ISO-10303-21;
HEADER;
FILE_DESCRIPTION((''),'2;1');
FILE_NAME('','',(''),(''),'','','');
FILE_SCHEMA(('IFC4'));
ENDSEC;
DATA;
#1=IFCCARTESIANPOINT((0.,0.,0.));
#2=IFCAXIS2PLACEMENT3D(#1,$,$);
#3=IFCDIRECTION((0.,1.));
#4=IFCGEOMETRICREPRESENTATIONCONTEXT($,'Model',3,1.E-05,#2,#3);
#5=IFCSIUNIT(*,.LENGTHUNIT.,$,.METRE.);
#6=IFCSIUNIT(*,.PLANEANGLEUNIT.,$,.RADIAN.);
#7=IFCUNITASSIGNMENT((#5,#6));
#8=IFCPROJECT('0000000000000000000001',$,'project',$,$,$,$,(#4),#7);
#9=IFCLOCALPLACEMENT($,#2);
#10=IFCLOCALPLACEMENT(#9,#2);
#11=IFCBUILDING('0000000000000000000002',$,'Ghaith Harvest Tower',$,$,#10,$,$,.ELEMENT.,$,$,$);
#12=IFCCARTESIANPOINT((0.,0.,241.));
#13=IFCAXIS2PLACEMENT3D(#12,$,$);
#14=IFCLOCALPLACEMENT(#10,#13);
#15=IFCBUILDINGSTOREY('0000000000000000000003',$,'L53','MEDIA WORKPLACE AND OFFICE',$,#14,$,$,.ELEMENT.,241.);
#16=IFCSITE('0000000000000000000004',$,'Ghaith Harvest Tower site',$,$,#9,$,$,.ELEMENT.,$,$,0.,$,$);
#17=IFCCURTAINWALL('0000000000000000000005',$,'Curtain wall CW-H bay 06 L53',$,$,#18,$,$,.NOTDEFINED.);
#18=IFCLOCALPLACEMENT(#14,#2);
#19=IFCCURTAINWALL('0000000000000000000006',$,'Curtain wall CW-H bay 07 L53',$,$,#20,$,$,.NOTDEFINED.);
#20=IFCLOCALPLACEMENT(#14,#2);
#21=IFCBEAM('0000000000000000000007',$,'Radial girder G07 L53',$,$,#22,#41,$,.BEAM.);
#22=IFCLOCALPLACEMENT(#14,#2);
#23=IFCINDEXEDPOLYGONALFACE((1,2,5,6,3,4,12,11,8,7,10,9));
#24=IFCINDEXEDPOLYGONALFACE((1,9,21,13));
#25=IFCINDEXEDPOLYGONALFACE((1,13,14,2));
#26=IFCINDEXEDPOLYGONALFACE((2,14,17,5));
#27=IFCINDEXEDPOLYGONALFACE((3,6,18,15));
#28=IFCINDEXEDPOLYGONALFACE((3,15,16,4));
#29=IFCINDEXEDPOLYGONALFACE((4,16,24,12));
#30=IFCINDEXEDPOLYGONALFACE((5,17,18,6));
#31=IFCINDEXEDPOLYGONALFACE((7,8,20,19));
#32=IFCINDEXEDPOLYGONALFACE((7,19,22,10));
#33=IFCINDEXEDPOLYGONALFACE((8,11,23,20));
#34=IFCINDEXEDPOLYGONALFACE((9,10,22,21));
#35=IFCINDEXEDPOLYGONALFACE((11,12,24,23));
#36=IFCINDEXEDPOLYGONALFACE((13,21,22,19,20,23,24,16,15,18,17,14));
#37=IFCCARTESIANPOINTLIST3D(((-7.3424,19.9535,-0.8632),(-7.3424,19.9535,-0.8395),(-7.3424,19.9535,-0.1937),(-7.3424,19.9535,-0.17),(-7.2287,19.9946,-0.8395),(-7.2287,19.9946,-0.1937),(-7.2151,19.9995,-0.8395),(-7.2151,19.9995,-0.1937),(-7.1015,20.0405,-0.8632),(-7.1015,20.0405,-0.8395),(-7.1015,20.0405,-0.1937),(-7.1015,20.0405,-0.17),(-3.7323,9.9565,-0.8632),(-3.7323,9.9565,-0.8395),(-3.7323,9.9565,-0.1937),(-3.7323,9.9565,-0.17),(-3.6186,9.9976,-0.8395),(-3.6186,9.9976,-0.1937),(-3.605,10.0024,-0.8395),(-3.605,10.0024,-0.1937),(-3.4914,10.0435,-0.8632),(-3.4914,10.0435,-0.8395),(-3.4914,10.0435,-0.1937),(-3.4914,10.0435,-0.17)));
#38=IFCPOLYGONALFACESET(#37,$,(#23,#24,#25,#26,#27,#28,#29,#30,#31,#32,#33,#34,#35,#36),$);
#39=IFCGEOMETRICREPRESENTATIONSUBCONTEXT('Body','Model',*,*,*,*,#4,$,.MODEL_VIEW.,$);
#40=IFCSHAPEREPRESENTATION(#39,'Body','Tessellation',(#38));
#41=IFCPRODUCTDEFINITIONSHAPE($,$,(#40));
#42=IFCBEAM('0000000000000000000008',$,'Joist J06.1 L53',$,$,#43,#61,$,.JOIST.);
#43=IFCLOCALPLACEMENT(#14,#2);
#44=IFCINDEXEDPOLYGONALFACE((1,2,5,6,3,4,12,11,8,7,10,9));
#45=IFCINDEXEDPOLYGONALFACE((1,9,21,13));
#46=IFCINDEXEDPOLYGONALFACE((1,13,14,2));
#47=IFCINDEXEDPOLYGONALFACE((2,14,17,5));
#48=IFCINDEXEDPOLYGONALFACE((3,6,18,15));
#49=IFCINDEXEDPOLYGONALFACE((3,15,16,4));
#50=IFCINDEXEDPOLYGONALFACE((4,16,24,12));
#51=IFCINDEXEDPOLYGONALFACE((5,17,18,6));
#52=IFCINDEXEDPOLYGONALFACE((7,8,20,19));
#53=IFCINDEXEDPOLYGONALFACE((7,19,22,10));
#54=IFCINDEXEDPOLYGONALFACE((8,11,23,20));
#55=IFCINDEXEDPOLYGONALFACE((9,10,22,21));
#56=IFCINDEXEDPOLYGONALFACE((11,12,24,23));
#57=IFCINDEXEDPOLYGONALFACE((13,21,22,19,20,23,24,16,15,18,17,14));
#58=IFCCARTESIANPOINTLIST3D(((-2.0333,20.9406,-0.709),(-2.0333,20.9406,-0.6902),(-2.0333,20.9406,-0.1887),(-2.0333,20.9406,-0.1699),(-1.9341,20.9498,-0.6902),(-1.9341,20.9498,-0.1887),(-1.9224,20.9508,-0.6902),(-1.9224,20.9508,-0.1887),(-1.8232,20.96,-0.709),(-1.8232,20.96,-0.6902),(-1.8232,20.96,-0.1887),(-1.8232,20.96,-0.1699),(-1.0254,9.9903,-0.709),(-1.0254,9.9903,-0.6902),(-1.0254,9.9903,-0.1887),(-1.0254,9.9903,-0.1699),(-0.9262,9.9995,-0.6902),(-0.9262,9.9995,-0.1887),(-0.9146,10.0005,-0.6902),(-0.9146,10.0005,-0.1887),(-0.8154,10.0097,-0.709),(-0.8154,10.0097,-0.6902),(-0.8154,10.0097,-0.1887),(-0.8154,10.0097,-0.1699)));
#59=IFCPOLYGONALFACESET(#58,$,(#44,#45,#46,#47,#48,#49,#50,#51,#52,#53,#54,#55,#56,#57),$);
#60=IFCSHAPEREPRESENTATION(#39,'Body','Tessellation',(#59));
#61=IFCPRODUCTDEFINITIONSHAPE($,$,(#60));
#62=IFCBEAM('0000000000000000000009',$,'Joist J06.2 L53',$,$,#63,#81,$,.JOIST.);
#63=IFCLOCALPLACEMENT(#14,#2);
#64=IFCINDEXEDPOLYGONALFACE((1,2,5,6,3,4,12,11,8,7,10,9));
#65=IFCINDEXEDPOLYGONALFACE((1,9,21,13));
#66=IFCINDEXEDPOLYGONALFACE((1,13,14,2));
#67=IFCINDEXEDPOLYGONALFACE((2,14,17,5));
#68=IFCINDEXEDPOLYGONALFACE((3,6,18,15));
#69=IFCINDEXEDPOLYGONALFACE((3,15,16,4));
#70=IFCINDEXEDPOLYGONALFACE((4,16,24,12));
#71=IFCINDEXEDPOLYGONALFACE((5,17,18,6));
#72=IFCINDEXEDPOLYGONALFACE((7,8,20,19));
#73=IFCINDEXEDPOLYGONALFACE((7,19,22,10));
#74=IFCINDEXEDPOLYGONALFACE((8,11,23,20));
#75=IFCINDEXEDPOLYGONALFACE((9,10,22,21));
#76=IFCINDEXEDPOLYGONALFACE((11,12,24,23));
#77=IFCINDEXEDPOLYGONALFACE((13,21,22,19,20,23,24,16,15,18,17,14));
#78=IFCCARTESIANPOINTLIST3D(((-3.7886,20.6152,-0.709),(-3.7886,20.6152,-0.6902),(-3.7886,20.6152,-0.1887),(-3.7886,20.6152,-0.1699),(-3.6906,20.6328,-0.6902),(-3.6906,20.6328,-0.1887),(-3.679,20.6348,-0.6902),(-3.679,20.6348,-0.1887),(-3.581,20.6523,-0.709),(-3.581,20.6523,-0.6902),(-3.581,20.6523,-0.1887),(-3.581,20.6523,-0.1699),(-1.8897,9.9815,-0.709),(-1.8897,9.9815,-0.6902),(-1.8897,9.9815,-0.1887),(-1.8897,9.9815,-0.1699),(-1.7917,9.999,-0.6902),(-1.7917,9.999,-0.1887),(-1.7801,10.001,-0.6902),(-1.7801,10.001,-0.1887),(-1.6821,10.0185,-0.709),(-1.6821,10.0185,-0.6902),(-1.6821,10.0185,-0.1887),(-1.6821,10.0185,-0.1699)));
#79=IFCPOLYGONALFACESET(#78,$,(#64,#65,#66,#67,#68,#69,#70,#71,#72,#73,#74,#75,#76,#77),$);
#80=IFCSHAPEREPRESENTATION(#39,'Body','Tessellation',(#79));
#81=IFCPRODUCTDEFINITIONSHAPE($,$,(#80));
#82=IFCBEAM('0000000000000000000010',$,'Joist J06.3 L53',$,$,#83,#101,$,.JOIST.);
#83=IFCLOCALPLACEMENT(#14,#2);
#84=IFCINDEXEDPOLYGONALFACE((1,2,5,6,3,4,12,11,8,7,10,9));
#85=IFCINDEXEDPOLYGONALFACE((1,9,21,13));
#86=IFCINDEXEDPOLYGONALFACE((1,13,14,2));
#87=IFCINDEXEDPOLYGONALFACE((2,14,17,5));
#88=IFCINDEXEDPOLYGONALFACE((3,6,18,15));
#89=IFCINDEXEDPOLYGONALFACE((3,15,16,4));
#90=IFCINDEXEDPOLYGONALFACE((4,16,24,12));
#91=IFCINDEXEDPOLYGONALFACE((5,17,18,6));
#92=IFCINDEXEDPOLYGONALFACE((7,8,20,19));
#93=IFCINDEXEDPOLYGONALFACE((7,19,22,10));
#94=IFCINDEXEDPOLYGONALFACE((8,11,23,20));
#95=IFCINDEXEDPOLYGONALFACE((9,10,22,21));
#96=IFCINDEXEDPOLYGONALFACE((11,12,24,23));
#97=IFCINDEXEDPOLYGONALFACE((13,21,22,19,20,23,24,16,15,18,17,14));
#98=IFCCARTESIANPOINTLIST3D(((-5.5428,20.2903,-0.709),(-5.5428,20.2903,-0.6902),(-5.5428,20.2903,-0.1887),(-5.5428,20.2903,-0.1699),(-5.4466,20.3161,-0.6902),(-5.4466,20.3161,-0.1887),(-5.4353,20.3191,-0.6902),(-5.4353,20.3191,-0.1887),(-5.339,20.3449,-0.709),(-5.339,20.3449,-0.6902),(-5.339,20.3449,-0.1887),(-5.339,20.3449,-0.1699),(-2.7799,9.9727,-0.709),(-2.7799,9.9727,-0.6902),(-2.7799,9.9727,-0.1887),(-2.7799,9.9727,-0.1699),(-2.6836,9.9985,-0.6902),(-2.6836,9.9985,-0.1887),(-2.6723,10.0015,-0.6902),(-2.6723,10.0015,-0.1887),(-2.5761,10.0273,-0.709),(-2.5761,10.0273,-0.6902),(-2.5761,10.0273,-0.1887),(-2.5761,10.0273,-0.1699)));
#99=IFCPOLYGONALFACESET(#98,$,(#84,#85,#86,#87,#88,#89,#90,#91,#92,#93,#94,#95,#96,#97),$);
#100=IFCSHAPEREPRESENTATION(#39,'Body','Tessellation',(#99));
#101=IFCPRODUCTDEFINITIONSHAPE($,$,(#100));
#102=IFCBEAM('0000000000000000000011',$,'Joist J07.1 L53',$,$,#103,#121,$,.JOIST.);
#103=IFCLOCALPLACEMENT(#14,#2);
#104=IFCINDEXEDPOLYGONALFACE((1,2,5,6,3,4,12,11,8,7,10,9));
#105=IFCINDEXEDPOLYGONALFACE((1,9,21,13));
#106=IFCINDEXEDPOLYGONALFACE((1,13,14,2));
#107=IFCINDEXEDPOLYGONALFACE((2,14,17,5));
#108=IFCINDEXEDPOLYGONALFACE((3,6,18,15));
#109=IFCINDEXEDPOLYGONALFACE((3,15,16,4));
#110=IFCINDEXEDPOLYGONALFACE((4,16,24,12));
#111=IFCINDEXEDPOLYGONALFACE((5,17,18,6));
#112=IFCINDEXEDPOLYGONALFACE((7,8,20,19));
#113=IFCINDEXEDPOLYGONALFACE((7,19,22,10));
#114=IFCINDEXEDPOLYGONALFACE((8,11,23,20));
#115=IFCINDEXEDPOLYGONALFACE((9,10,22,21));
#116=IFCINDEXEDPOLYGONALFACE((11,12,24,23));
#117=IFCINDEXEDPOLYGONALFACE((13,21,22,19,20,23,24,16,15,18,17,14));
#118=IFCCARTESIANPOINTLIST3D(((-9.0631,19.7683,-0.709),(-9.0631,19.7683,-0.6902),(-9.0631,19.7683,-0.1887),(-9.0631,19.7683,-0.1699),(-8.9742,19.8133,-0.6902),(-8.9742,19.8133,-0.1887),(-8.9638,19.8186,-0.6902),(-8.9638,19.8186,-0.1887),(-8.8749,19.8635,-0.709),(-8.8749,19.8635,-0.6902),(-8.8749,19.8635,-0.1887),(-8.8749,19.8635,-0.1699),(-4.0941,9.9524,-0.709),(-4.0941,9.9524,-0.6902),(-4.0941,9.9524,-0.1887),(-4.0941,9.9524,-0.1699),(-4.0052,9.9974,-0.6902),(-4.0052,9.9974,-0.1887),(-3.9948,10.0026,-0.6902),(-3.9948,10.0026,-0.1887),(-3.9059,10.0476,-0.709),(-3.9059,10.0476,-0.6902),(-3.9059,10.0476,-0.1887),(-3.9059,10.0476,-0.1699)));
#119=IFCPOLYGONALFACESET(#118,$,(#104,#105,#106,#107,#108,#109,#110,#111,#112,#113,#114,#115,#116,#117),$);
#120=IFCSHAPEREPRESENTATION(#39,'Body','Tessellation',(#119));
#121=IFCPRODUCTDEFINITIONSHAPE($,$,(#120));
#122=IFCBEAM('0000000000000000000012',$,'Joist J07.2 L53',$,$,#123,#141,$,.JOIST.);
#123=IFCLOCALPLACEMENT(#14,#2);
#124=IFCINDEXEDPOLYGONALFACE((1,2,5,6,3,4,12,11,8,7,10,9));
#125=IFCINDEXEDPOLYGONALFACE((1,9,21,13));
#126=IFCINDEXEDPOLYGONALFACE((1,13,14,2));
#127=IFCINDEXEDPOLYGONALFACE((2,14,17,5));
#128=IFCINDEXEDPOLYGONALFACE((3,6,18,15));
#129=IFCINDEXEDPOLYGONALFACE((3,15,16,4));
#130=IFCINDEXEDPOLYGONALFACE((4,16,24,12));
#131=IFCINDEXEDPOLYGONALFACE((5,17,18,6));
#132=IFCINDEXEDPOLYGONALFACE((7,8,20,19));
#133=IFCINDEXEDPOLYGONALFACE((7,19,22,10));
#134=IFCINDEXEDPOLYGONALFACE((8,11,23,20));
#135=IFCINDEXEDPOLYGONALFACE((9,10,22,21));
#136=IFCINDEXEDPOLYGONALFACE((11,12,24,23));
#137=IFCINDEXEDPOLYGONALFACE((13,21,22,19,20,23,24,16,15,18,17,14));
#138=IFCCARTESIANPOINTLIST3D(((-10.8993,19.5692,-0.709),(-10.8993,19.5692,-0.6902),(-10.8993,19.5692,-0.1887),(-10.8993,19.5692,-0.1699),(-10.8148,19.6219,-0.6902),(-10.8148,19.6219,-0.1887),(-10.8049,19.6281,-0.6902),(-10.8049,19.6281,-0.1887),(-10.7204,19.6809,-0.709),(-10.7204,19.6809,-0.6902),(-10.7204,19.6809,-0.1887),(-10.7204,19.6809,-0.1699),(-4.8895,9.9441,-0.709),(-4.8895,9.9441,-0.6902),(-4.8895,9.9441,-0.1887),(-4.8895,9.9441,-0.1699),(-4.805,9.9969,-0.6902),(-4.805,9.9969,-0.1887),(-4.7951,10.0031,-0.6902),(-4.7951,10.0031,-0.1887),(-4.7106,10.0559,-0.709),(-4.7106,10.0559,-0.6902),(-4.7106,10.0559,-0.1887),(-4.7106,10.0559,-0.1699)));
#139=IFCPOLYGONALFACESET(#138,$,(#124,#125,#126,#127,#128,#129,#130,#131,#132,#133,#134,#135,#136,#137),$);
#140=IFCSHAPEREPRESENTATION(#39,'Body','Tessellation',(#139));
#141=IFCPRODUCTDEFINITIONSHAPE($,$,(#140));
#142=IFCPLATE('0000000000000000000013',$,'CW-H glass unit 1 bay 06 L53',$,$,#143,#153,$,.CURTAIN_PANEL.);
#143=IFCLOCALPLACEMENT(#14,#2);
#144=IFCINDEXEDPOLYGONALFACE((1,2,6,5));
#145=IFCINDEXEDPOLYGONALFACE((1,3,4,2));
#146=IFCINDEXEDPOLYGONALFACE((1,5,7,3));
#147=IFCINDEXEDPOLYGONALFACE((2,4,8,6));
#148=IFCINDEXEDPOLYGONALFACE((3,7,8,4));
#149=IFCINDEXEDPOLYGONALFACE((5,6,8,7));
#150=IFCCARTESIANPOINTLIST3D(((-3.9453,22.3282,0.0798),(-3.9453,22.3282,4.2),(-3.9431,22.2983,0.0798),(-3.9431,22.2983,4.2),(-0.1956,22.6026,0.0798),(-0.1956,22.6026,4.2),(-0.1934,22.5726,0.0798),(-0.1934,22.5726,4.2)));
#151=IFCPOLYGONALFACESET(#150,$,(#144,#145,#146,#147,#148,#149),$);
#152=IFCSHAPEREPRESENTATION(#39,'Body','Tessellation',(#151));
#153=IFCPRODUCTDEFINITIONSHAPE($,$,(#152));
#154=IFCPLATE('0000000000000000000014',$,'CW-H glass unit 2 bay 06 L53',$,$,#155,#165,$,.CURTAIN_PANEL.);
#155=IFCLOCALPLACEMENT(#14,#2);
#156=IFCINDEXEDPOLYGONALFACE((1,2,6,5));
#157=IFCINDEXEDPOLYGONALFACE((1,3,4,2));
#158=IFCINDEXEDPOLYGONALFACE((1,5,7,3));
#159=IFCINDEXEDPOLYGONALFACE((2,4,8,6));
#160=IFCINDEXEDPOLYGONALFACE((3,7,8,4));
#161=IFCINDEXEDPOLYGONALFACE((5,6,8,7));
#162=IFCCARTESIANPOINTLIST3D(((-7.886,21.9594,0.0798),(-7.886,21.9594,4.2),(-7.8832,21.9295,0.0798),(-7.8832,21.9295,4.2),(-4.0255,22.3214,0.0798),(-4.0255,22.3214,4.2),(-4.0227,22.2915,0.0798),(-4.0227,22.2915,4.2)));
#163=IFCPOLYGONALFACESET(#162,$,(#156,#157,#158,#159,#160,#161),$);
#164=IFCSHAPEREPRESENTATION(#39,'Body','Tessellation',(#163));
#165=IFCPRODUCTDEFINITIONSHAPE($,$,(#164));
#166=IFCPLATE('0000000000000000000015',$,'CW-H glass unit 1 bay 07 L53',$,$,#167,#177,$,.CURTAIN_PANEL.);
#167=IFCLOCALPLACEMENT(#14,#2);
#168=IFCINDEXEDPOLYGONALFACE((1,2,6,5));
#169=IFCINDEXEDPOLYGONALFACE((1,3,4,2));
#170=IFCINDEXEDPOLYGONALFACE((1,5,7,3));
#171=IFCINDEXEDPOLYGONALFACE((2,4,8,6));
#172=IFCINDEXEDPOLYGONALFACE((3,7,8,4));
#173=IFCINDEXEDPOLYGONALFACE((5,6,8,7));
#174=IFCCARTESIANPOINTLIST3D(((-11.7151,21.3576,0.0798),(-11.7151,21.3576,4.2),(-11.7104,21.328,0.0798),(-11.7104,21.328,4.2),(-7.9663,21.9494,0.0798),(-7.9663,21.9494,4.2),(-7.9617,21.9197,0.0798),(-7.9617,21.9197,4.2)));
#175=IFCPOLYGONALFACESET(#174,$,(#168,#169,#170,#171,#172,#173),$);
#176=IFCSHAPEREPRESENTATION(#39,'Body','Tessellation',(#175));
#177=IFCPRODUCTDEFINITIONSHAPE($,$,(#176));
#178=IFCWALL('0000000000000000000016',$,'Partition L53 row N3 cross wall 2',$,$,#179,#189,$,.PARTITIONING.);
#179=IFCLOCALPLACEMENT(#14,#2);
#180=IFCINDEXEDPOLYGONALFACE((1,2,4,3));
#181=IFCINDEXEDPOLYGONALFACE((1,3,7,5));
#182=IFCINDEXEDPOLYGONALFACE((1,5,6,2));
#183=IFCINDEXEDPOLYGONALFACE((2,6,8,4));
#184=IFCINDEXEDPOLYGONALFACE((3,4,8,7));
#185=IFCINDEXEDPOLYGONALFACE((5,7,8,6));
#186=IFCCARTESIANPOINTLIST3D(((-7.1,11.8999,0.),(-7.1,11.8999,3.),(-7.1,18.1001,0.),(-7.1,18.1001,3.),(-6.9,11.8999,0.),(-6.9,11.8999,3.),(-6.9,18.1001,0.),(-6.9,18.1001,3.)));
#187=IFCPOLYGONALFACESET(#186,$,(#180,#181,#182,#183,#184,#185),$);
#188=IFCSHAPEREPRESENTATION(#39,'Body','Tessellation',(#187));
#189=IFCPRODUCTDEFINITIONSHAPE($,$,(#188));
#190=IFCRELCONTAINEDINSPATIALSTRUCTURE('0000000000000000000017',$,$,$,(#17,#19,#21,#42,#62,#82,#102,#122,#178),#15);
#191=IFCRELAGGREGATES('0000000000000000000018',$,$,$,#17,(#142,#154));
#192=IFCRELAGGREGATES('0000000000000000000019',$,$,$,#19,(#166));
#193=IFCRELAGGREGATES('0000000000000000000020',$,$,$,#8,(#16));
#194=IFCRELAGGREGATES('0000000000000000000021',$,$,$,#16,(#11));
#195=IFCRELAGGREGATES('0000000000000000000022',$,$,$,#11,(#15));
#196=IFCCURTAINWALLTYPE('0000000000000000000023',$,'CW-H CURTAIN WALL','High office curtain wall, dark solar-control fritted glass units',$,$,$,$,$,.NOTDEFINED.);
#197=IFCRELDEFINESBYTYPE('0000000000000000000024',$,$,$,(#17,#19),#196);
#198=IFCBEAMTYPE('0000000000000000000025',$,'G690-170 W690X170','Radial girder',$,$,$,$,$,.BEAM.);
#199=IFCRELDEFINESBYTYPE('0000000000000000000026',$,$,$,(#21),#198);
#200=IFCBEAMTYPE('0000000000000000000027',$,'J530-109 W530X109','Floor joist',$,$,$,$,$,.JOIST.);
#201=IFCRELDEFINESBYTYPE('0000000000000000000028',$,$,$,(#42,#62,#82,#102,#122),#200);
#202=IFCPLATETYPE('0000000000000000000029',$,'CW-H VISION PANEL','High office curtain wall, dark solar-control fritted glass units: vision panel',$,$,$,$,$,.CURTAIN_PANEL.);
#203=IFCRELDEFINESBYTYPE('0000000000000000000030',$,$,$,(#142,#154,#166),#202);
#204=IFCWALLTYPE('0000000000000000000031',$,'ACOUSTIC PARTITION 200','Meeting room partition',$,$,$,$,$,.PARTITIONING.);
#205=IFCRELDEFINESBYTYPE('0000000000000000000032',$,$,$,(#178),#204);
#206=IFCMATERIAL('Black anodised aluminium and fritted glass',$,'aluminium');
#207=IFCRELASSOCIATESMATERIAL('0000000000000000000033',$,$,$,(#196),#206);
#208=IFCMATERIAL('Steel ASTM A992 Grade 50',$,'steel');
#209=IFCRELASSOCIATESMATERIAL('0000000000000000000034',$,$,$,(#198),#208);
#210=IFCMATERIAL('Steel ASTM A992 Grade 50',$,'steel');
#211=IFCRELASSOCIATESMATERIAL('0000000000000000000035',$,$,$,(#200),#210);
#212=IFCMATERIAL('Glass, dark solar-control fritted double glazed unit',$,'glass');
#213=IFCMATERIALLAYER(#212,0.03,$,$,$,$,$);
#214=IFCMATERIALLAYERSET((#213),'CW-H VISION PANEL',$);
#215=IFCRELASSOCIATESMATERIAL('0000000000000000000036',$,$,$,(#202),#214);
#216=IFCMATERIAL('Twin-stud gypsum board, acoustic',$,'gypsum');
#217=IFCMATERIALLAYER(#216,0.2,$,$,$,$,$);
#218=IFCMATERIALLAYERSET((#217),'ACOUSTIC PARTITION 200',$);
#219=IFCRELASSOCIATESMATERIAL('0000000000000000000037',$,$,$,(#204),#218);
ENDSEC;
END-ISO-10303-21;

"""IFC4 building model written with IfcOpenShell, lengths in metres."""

from ifc_helpers import new_model, si_unit, direction, frame, frame_2d, origin, origin_2d, place, context, subcontext, project, spatial, rectangle, i_section, extrude, material, layer, layer_set, material_profile, profile_set, type_object, element, aggregate, save


model = new_model("IFC4")

# Units and contexts
model_context = context("Model", 3, precision=1e-05, world=origin(), true_north=direction((0.0, 1.0)))
body_context = subcontext(model_context, "Body", "Model", "MODEL_VIEW")
ifc_project = project(units=[si_unit("LENGTHUNIT", "METRE"), si_unit("PLANEANGLEUNIT", "RADIAN")], contexts=[model_context])

# Site, building, storey
site_placement = place(None, origin())
site = spatial("IfcSite", under=ifc_project, at=site_placement, Name="Ghaith Harvest Tower site", CompositionType="ELEMENT", RefElevation=0.0)
building_placement = place(site_placement, origin())
building = spatial("IfcBuilding", under=site, at=building_placement, Name="Ghaith Harvest Tower", CompositionType="ELEMENT")
storey_placement = place(building_placement, frame((0.0, 0.0, 241.0)))
storey = spatial("IfcBuildingStorey", under=building, at=storey_placement, Name="L53", Description="MEDIA WORKPLACE AND OFFICE", CompositionType="ELEMENT", Elevation=241.0)

# Curtain walls
ifc_material_1 = material(Name="Black anodised aluminium and fritted glass", Category="aluminium")
curtain_wall_type = type_object("IfcCurtainWallType", Name="CW-H CURTAIN WALL", Description="High office curtain wall, dark solar-control fritted glass units", PredefinedType="NOTDEFINED", material=ifc_material_1)
curtain_wall_1_placement = place(storey_placement, origin())
curtain_wall_1 = element("IfcCurtainWall", 1, at=curtain_wall_1_placement, inside=storey, type_object=curtain_wall_type, Name="Curtain wall CW-H bay 06 L53", PredefinedType="NOTDEFINED")
curtain_wall_2_placement = place(storey_placement, origin())
curtain_wall_2 = element("IfcCurtainWall", 2, at=curtain_wall_2_placement, inside=storey, type_object=curtain_wall_type, Name="Curtain wall CW-H bay 07 L53", PredefinedType="NOTDEFINED")

# Beams
ifc_material_2 = material(Name="Steel ASTM A992 Grade 50", Category="steel")
ifc_material_profile_1 = material_profile(ifc_material_2, i_section(OverallWidth=0.2561, OverallDepth=0.6931, WebThickness=0.0144, FlangeThickness=0.0237, at=origin_2d()), Name="W690X170")
ifc_profile_set_1 = profile_set([ifc_material_profile_1], Name="Steel ASTM A992 Grade 50")
beam_type_1 = type_object("IfcBeamType", Name="G690-170 W690X170", Description="Radial girder", PredefinedType="BEAM", material=ifc_profile_set_1)
beam_1_placement = place(storey_placement, frame((-3.6118, 10.0, -0.5166), z_axis=(-0.339649, 0.940552, 0.0), x_axis=(-0.940552, -0.339649, 0.0)))
element("IfcBeam", 3, at=beam_1_placement, inside=storey, type_object=beam_type_1, Name="Radial girder G07 L53", PredefinedType="BEAM", context=body_context, shape_type="SweptSolid", body=[
    extrude(i_section(OverallWidth=0.2561, OverallDepth=0.6931, WebThickness=0.0144, FlangeThickness=0.0237, at=origin_2d()), origin(), (0.0, 0.0, 1.0), 10.6289),
])
ifc_material_3 = material(Name="Steel ASTM A992 Grade 50", Category="steel")
ifc_material_profile_2 = material_profile(ifc_material_3, i_section(OverallWidth=0.2109, OverallDepth=0.5391, WebThickness=0.0117, FlangeThickness=0.0188, at=origin_2d()), Name="W530X109")
ifc_profile_set_2 = profile_set([ifc_material_profile_2], Name="Steel ASTM A992 Grade 50")
beam_type_2 = type_object("IfcBeamType", Name="J530-109 W530X109", Description="Floor joist", PredefinedType="JOIST", material=ifc_profile_set_2)
beam_2_placement = place(storey_placement, frame((-0.9204, 10.0, -0.4395), z_axis=(-0.091649, 0.995791, 0.0), x_axis=(-0.995791, -0.091649, 0.0)))
element("IfcBeam", 4, at=beam_2_placement, inside=storey, type_object=beam_type_2, Name="Joist J06.1 L53", PredefinedType="JOIST", context=body_context, shape_type="SweptSolid", body=[
    extrude(i_section(OverallWidth=0.2109, OverallDepth=0.5391, WebThickness=0.0117, FlangeThickness=0.0188, at=origin_2d()), origin(), (0.0, 0.0, 1.0), 10.9966),
])
beam_3_placement = place(storey_placement, frame((-1.7859, 10.0, -0.4395), z_axis=(-0.175794, 0.984427, 0.0), x_axis=(-0.984427, -0.175794, 0.0)))
element("IfcBeam", 5, at=beam_3_placement, inside=storey, type_object=beam_type_2, Name="Joist J06.2 L53", PredefinedType="JOIST", context=body_context, shape_type="SweptSolid", body=[
    extrude(i_section(OverallWidth=0.2109, OverallDepth=0.5391, WebThickness=0.0117, FlangeThickness=0.0188, at=origin_2d()), origin(), (0.0, 0.0, 1.0), 10.802),
])
beam_4_placement = place(storey_placement, frame((-2.678, 10.0, -0.4395), z_axis=(-0.258674, 0.965965, 0.0), x_axis=(-0.965965, -0.258674, 0.0)))
element("IfcBeam", 6, at=beam_4_placement, inside=storey, type_object=beam_type_2, Name="Joist J06.3 L53", PredefinedType="JOIST", context=body_context, shape_type="SweptSolid", body=[
    extrude(i_section(OverallWidth=0.2109, OverallDepth=0.5391, WebThickness=0.0117, FlangeThickness=0.0188, at=origin_2d()), origin(), (0.0, 0.0, 1.0), 10.6812),
])
beam_5_placement = place(storey_placement, frame((-4.0, 10.0, -0.4395), z_axis=(-0.451646, 0.892197, 0.0), x_axis=(-0.892197, -0.451646, 0.0)))
element("IfcBeam", 7, at=beam_5_placement, inside=storey, type_object=beam_type_2, Name="Joist J07.1 L53", PredefinedType="JOIST", context=body_context, shape_type="SweptSolid", body=[
    extrude(i_section(OverallWidth=0.2109, OverallDepth=0.5391, WebThickness=0.0117, FlangeThickness=0.0188, at=origin_2d()), origin(), (0.0, 0.0, 1.0), 11.002),
])
beam_6_placement = place(storey_placement, frame((-4.8, 10.0, -0.4395), z_axis=(-0.529628, 0.84823, 0.0), x_axis=(-0.84823, -0.529628, 0.0)))
element("IfcBeam", 8, at=beam_6_placement, inside=storey, type_object=beam_type_2, Name="Joist J07.2 L53", PredefinedType="JOIST", context=body_context, shape_type="SweptSolid", body=[
    extrude(i_section(OverallWidth=0.2109, OverallDepth=0.5391, WebThickness=0.0117, FlangeThickness=0.0188, at=origin_2d()), origin(), (0.0, 0.0, 1.0), 11.3472),
])

# Plates
ifc_material_4 = material(Name="Glass, dark solar-control fritted double glazed unit", Category="glass")
ifc_layer_1 = layer(ifc_material_4, 0.03)
ifc_layer_set_1 = layer_set([ifc_layer_1], Name="CW-H VISION PANEL")
plate_type = type_object("IfcPlateType", Name="CW-H VISION PANEL", Description="High office curtain wall, dark solar-control fritted glass units: vision panel", PredefinedType="CURTAIN_PANEL", material=ifc_layer_set_1)
plate_1_placement = place(storey_placement, frame((-2.0693, 22.4504, 0.0798), z_axis=(0.0, 0.0, 1.0), x_axis=(-0.997334, -0.072966, 0.0)))
plate_1 = element("IfcPlate", 9, at=plate_1_placement, type_object=plate_type, Name="CW-H glass unit 1 bay 06 L53", PredefinedType="CURTAIN_PANEL", context=body_context, shape_type="SweptSolid", body=[
    extrude(rectangle(XDim=3.7598, YDim=0.03, at=origin_2d()), origin(), (0.0, 0.0, 1.0), 4.1201),
])
plate_2_placement = place(storey_placement, frame((-5.9543, 22.1255, 0.0798), z_axis=(0.0, 0.0, 1.0), x_axis=(-0.995632, -0.093365, 0.0)))
plate_2 = element("IfcPlate", 10, at=plate_2_placement, type_object=plate_type, Name="CW-H glass unit 2 bay 06 L53", PredefinedType="CURTAIN_PANEL", context=body_context, shape_type="SweptSolid", body=[
    extrude(rectangle(XDim=3.8774, YDim=0.03, at=origin_2d()), origin(), (0.0, 0.0, 1.0), 4.1201),
])
aggregate(curtain_wall_1, [plate_1, plate_2])
plate_3_placement = place(storey_placement, frame((-9.8384, 21.6387, 0.0798), z_axis=(0.0, 0.0, 1.0), x_axis=(-0.98777, -0.155916, 0.0)))
plate_3 = element("IfcPlate", 11, at=plate_3_placement, type_object=plate_type, Name="CW-H glass unit 1 bay 07 L53", PredefinedType="CURTAIN_PANEL", context=body_context, shape_type="SweptSolid", body=[
    extrude(rectangle(XDim=3.7952, YDim=0.03, at=origin_2d()), origin(), (0.0, 0.0, 1.0), 4.1201),
])
aggregate(curtain_wall_2, [plate_3])

# Wall
ifc_material_5 = material(Name="Twin-stud gypsum board, acoustic", Category="gypsum")
ifc_layer_2 = layer(ifc_material_5, 0.2)
ifc_layer_set_2 = layer_set([ifc_layer_2], Name="ACOUSTIC PARTITION 200")
wall_type = type_object("IfcWallType", Name="ACOUSTIC PARTITION 200", Description="Meeting room partition", PredefinedType="PARTITIONING", material=ifc_layer_set_2)
for number, where, z_axis, x_axis, name in (
    (12, (-7.0, 11.8999, 0.0), (0.0, 0.0, 1.0), (0.0, 1.0, 0.0), "Partition L53 row N3 cross wall 2"),
):
    element("IfcWall", number, at=place(storey_placement, frame(where, z_axis=z_axis, x_axis=x_axis)), inside=storey, type_object=wall_type, Name=name, PredefinedType="PARTITIONING", context=body_context, shape_type="SweptSolid", body=[
        extrude(rectangle(XDim=6.2002, YDim=0.2, at=frame_2d((3.1001, 0.0))), origin(), (0.0, 0.0, 1.0), 3.0),
    ])

save(model, "model.ifc")
